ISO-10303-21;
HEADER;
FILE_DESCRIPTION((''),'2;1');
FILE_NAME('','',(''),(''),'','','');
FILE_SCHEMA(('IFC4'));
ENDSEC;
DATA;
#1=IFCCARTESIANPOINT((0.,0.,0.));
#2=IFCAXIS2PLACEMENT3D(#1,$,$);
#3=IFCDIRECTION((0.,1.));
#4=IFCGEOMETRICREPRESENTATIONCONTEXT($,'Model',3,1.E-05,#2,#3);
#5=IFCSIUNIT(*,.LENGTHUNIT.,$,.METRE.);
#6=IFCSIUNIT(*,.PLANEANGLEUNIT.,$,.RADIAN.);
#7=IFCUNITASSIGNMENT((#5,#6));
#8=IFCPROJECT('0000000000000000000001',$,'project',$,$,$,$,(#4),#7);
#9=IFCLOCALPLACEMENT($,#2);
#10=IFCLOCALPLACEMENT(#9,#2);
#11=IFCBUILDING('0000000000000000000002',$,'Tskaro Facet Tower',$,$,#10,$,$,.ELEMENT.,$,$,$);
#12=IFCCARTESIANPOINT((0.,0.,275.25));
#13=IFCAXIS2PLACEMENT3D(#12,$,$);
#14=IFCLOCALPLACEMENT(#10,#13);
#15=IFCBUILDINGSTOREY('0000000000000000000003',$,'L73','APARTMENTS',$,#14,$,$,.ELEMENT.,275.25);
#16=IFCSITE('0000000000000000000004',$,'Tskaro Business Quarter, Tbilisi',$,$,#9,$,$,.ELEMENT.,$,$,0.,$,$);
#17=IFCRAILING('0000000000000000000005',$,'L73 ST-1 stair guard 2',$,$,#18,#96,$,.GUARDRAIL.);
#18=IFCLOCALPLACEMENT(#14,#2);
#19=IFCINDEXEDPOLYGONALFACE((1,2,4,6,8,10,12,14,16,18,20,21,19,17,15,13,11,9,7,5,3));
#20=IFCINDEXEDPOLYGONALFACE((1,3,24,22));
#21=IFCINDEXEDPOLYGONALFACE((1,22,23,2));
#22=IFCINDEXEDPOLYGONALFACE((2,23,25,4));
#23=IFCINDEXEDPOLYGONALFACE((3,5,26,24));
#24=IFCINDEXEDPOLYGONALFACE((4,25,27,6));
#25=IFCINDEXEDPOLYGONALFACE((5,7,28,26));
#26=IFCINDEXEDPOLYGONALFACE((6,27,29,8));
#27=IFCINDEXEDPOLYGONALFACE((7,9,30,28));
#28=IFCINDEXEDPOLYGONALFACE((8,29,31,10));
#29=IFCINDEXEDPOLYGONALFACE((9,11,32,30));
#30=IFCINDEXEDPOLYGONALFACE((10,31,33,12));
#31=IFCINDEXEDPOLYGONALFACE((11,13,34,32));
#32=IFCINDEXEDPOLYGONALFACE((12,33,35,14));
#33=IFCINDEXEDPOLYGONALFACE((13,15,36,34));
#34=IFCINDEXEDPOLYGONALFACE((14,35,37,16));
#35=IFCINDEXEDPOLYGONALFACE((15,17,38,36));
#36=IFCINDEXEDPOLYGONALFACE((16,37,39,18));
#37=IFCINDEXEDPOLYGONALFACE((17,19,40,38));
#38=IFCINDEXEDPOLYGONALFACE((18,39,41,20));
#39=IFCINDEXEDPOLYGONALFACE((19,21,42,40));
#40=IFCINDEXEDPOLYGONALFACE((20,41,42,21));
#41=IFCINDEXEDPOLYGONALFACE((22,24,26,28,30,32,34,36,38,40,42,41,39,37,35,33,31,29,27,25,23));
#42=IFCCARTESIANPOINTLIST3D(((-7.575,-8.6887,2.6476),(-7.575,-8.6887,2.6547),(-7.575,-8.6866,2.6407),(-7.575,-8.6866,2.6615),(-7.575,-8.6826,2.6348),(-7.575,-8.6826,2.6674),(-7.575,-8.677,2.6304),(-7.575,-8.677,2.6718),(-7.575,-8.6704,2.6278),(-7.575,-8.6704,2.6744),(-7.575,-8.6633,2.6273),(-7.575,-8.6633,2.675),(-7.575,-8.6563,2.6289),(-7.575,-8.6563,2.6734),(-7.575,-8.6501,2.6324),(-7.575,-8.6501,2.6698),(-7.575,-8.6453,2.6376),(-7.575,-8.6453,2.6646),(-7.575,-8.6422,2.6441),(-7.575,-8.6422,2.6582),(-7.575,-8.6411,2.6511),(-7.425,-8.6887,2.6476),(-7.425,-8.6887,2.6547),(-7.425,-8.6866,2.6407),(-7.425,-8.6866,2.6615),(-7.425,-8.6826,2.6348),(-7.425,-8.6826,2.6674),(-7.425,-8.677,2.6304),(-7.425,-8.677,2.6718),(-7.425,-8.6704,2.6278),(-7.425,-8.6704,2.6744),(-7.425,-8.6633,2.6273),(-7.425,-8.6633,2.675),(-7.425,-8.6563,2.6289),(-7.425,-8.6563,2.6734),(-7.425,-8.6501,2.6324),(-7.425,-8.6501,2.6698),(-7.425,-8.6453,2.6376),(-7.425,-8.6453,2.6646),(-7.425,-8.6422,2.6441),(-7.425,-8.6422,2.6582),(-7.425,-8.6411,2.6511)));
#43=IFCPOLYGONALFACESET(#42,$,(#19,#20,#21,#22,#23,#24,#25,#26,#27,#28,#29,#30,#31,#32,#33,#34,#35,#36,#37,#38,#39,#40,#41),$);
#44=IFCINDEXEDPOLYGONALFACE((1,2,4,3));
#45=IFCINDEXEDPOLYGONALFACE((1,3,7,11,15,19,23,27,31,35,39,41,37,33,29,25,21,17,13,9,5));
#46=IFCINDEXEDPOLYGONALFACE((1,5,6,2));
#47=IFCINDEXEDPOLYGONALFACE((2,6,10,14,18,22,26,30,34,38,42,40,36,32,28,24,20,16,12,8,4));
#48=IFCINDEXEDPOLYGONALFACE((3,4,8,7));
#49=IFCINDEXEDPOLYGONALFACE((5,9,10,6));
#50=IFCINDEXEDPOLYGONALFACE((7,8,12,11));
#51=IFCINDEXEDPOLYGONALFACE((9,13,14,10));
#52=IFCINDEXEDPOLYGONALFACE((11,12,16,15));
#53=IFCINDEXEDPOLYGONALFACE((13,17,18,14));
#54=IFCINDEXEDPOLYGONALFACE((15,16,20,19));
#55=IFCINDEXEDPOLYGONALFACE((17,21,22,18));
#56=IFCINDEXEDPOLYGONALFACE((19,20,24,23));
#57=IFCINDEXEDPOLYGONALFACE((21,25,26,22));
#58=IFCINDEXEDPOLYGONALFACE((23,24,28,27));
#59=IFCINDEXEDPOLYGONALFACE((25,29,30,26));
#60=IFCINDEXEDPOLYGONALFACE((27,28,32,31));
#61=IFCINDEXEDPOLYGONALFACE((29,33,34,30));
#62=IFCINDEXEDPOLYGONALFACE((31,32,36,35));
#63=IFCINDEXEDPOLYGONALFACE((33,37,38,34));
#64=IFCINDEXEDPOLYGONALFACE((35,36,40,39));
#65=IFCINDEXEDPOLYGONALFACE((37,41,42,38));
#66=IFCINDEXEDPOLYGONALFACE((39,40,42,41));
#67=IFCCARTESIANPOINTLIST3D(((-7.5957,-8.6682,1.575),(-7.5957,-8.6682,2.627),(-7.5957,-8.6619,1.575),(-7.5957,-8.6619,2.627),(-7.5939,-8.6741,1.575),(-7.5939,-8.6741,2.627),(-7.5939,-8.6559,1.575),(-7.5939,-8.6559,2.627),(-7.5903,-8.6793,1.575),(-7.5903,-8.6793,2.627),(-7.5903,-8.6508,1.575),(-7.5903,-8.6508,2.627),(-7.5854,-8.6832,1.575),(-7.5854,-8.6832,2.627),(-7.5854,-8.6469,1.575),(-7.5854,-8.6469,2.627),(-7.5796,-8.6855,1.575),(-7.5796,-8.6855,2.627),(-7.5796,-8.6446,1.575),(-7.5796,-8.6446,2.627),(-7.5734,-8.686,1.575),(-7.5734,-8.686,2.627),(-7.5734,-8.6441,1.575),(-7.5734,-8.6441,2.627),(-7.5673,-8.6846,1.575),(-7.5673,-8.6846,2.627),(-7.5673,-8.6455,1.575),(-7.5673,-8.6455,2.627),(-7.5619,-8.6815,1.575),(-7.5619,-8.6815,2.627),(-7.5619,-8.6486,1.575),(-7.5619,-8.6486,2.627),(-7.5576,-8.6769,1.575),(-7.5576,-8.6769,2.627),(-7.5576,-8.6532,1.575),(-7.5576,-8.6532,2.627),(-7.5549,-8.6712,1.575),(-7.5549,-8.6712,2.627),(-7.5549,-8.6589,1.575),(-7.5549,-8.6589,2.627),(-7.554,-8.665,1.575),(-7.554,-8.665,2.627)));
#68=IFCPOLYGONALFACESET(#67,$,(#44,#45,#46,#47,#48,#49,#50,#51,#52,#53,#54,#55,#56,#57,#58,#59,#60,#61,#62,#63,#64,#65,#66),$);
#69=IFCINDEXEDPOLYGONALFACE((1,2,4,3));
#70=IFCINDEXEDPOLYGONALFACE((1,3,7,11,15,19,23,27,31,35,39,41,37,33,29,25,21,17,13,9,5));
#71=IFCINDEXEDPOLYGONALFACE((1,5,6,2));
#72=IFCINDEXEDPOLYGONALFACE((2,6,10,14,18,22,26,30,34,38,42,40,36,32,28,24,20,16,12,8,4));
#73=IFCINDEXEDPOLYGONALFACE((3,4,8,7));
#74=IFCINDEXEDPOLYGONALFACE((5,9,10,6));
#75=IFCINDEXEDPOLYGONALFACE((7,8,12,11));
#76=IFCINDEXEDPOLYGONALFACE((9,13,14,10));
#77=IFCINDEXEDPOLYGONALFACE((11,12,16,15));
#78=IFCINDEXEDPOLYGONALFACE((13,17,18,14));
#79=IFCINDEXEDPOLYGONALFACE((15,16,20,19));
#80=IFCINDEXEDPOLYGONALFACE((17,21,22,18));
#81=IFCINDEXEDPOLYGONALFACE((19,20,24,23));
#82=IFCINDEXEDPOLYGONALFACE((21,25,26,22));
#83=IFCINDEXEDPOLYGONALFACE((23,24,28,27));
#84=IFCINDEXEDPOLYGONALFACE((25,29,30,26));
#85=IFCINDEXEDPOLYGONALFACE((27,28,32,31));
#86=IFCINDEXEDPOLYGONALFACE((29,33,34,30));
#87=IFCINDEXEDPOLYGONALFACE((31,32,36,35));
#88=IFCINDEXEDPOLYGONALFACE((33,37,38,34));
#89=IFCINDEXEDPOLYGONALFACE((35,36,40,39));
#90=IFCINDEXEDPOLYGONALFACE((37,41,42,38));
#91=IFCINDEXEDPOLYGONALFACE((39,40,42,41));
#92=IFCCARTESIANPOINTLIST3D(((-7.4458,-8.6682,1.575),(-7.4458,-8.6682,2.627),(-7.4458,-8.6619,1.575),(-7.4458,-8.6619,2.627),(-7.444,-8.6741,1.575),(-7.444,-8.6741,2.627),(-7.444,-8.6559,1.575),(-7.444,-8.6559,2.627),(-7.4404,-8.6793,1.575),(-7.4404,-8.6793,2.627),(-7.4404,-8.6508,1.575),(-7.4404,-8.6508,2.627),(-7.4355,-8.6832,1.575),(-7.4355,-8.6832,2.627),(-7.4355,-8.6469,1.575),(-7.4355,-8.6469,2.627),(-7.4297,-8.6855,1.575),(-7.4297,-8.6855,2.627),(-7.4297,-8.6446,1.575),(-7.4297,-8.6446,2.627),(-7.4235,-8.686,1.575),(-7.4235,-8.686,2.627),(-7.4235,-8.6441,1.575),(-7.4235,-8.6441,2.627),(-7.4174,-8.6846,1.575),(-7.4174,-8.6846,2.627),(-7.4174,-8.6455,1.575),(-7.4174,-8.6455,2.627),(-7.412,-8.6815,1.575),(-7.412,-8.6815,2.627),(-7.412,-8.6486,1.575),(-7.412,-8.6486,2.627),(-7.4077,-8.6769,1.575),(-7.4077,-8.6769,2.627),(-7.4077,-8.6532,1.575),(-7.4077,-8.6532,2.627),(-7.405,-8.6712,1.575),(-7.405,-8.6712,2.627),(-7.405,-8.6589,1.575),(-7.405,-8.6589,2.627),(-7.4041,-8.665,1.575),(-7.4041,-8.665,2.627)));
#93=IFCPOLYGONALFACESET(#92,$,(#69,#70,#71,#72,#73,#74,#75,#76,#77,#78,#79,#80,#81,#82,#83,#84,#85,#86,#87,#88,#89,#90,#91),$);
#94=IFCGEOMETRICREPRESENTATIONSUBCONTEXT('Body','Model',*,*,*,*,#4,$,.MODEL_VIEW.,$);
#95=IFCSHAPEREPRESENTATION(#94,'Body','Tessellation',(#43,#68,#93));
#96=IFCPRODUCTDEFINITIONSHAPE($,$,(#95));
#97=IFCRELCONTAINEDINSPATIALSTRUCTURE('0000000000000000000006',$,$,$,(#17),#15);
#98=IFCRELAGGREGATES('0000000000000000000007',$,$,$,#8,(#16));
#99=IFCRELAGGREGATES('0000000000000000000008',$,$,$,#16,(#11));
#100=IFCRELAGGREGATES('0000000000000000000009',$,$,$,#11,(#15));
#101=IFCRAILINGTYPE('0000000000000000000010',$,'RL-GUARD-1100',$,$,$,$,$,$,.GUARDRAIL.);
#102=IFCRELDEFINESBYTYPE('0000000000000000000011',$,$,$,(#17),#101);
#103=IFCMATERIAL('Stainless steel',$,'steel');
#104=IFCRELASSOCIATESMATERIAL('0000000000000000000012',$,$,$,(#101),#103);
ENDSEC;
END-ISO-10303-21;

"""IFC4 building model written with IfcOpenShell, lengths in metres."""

from ifc_helpers import new_model, si_unit, direction, frame, origin, origin_2d, place, context, subcontext, project, spatial, circle, extrude, material, type_object, element, save


model = new_model("IFC4")

# Units and contexts
model_context = context("Model", 3, precision=1e-05, world=origin(), true_north=direction((0.0, 1.0)))
body_context = subcontext(model_context, "Body", "Model", "MODEL_VIEW")
ifc_project = project(units=[si_unit("LENGTHUNIT", "METRE"), si_unit("PLANEANGLEUNIT", "RADIAN")], contexts=[model_context])

# Site, building, storey
site_placement = place(None, origin())
site = spatial("IfcSite", under=ifc_project, at=site_placement, Name="Tskaro Business Quarter, Tbilisi", CompositionType="ELEMENT", RefElevation=0.0)
building_placement = place(site_placement, origin())
building = spatial("IfcBuilding", under=site, at=building_placement, Name="Tskaro Facet Tower", CompositionType="ELEMENT")
storey_placement = place(building_placement, frame((0.0, 0.0, 275.25)))
storey = spatial("IfcBuildingStorey", under=building, at=storey_placement, Name="L73", Description="APARTMENTS", CompositionType="ELEMENT", Elevation=275.25)

# Shared definitions
ifc_material_1 = material(Name="Stainless steel", Category="steel")

# Railing
railing_type_1 = type_object("IfcRailingType", Name="RL-GUARD-1100", PredefinedType="GUARDRAIL", material=ifc_material_1)
railing_1_placement = place(storey_placement, frame((-7.575, -8.665, 1.575)))
element("IfcRailing", 1, at=railing_1_placement, inside=storey, type_object=railing_type_1, Name="L73 ST-1 stair guard 2", PredefinedType="GUARDRAIL", context=body_context, shape_type="SweptSolid", body=[
    extrude(circle(Radius=0.0239, at=origin_2d()), frame((0.0, 0.0, 1.0762), z_axis=(1.0, 0.0, 0.0), x_axis=(0.0, 1.0, 0.0)), (0.0, 0.0, 1.0), 0.1499),
    extrude(circle(Radius=0.021, at=origin_2d()), origin(), (0.0, 0.0, 1.0), 1.052),
    extrude(circle(Radius=0.021, at=origin_2d()), frame((0.1499, 0.0, 0.0)), (0.0, 0.0, 1.0), 1.052),
])

save(model, "model.ifc")
